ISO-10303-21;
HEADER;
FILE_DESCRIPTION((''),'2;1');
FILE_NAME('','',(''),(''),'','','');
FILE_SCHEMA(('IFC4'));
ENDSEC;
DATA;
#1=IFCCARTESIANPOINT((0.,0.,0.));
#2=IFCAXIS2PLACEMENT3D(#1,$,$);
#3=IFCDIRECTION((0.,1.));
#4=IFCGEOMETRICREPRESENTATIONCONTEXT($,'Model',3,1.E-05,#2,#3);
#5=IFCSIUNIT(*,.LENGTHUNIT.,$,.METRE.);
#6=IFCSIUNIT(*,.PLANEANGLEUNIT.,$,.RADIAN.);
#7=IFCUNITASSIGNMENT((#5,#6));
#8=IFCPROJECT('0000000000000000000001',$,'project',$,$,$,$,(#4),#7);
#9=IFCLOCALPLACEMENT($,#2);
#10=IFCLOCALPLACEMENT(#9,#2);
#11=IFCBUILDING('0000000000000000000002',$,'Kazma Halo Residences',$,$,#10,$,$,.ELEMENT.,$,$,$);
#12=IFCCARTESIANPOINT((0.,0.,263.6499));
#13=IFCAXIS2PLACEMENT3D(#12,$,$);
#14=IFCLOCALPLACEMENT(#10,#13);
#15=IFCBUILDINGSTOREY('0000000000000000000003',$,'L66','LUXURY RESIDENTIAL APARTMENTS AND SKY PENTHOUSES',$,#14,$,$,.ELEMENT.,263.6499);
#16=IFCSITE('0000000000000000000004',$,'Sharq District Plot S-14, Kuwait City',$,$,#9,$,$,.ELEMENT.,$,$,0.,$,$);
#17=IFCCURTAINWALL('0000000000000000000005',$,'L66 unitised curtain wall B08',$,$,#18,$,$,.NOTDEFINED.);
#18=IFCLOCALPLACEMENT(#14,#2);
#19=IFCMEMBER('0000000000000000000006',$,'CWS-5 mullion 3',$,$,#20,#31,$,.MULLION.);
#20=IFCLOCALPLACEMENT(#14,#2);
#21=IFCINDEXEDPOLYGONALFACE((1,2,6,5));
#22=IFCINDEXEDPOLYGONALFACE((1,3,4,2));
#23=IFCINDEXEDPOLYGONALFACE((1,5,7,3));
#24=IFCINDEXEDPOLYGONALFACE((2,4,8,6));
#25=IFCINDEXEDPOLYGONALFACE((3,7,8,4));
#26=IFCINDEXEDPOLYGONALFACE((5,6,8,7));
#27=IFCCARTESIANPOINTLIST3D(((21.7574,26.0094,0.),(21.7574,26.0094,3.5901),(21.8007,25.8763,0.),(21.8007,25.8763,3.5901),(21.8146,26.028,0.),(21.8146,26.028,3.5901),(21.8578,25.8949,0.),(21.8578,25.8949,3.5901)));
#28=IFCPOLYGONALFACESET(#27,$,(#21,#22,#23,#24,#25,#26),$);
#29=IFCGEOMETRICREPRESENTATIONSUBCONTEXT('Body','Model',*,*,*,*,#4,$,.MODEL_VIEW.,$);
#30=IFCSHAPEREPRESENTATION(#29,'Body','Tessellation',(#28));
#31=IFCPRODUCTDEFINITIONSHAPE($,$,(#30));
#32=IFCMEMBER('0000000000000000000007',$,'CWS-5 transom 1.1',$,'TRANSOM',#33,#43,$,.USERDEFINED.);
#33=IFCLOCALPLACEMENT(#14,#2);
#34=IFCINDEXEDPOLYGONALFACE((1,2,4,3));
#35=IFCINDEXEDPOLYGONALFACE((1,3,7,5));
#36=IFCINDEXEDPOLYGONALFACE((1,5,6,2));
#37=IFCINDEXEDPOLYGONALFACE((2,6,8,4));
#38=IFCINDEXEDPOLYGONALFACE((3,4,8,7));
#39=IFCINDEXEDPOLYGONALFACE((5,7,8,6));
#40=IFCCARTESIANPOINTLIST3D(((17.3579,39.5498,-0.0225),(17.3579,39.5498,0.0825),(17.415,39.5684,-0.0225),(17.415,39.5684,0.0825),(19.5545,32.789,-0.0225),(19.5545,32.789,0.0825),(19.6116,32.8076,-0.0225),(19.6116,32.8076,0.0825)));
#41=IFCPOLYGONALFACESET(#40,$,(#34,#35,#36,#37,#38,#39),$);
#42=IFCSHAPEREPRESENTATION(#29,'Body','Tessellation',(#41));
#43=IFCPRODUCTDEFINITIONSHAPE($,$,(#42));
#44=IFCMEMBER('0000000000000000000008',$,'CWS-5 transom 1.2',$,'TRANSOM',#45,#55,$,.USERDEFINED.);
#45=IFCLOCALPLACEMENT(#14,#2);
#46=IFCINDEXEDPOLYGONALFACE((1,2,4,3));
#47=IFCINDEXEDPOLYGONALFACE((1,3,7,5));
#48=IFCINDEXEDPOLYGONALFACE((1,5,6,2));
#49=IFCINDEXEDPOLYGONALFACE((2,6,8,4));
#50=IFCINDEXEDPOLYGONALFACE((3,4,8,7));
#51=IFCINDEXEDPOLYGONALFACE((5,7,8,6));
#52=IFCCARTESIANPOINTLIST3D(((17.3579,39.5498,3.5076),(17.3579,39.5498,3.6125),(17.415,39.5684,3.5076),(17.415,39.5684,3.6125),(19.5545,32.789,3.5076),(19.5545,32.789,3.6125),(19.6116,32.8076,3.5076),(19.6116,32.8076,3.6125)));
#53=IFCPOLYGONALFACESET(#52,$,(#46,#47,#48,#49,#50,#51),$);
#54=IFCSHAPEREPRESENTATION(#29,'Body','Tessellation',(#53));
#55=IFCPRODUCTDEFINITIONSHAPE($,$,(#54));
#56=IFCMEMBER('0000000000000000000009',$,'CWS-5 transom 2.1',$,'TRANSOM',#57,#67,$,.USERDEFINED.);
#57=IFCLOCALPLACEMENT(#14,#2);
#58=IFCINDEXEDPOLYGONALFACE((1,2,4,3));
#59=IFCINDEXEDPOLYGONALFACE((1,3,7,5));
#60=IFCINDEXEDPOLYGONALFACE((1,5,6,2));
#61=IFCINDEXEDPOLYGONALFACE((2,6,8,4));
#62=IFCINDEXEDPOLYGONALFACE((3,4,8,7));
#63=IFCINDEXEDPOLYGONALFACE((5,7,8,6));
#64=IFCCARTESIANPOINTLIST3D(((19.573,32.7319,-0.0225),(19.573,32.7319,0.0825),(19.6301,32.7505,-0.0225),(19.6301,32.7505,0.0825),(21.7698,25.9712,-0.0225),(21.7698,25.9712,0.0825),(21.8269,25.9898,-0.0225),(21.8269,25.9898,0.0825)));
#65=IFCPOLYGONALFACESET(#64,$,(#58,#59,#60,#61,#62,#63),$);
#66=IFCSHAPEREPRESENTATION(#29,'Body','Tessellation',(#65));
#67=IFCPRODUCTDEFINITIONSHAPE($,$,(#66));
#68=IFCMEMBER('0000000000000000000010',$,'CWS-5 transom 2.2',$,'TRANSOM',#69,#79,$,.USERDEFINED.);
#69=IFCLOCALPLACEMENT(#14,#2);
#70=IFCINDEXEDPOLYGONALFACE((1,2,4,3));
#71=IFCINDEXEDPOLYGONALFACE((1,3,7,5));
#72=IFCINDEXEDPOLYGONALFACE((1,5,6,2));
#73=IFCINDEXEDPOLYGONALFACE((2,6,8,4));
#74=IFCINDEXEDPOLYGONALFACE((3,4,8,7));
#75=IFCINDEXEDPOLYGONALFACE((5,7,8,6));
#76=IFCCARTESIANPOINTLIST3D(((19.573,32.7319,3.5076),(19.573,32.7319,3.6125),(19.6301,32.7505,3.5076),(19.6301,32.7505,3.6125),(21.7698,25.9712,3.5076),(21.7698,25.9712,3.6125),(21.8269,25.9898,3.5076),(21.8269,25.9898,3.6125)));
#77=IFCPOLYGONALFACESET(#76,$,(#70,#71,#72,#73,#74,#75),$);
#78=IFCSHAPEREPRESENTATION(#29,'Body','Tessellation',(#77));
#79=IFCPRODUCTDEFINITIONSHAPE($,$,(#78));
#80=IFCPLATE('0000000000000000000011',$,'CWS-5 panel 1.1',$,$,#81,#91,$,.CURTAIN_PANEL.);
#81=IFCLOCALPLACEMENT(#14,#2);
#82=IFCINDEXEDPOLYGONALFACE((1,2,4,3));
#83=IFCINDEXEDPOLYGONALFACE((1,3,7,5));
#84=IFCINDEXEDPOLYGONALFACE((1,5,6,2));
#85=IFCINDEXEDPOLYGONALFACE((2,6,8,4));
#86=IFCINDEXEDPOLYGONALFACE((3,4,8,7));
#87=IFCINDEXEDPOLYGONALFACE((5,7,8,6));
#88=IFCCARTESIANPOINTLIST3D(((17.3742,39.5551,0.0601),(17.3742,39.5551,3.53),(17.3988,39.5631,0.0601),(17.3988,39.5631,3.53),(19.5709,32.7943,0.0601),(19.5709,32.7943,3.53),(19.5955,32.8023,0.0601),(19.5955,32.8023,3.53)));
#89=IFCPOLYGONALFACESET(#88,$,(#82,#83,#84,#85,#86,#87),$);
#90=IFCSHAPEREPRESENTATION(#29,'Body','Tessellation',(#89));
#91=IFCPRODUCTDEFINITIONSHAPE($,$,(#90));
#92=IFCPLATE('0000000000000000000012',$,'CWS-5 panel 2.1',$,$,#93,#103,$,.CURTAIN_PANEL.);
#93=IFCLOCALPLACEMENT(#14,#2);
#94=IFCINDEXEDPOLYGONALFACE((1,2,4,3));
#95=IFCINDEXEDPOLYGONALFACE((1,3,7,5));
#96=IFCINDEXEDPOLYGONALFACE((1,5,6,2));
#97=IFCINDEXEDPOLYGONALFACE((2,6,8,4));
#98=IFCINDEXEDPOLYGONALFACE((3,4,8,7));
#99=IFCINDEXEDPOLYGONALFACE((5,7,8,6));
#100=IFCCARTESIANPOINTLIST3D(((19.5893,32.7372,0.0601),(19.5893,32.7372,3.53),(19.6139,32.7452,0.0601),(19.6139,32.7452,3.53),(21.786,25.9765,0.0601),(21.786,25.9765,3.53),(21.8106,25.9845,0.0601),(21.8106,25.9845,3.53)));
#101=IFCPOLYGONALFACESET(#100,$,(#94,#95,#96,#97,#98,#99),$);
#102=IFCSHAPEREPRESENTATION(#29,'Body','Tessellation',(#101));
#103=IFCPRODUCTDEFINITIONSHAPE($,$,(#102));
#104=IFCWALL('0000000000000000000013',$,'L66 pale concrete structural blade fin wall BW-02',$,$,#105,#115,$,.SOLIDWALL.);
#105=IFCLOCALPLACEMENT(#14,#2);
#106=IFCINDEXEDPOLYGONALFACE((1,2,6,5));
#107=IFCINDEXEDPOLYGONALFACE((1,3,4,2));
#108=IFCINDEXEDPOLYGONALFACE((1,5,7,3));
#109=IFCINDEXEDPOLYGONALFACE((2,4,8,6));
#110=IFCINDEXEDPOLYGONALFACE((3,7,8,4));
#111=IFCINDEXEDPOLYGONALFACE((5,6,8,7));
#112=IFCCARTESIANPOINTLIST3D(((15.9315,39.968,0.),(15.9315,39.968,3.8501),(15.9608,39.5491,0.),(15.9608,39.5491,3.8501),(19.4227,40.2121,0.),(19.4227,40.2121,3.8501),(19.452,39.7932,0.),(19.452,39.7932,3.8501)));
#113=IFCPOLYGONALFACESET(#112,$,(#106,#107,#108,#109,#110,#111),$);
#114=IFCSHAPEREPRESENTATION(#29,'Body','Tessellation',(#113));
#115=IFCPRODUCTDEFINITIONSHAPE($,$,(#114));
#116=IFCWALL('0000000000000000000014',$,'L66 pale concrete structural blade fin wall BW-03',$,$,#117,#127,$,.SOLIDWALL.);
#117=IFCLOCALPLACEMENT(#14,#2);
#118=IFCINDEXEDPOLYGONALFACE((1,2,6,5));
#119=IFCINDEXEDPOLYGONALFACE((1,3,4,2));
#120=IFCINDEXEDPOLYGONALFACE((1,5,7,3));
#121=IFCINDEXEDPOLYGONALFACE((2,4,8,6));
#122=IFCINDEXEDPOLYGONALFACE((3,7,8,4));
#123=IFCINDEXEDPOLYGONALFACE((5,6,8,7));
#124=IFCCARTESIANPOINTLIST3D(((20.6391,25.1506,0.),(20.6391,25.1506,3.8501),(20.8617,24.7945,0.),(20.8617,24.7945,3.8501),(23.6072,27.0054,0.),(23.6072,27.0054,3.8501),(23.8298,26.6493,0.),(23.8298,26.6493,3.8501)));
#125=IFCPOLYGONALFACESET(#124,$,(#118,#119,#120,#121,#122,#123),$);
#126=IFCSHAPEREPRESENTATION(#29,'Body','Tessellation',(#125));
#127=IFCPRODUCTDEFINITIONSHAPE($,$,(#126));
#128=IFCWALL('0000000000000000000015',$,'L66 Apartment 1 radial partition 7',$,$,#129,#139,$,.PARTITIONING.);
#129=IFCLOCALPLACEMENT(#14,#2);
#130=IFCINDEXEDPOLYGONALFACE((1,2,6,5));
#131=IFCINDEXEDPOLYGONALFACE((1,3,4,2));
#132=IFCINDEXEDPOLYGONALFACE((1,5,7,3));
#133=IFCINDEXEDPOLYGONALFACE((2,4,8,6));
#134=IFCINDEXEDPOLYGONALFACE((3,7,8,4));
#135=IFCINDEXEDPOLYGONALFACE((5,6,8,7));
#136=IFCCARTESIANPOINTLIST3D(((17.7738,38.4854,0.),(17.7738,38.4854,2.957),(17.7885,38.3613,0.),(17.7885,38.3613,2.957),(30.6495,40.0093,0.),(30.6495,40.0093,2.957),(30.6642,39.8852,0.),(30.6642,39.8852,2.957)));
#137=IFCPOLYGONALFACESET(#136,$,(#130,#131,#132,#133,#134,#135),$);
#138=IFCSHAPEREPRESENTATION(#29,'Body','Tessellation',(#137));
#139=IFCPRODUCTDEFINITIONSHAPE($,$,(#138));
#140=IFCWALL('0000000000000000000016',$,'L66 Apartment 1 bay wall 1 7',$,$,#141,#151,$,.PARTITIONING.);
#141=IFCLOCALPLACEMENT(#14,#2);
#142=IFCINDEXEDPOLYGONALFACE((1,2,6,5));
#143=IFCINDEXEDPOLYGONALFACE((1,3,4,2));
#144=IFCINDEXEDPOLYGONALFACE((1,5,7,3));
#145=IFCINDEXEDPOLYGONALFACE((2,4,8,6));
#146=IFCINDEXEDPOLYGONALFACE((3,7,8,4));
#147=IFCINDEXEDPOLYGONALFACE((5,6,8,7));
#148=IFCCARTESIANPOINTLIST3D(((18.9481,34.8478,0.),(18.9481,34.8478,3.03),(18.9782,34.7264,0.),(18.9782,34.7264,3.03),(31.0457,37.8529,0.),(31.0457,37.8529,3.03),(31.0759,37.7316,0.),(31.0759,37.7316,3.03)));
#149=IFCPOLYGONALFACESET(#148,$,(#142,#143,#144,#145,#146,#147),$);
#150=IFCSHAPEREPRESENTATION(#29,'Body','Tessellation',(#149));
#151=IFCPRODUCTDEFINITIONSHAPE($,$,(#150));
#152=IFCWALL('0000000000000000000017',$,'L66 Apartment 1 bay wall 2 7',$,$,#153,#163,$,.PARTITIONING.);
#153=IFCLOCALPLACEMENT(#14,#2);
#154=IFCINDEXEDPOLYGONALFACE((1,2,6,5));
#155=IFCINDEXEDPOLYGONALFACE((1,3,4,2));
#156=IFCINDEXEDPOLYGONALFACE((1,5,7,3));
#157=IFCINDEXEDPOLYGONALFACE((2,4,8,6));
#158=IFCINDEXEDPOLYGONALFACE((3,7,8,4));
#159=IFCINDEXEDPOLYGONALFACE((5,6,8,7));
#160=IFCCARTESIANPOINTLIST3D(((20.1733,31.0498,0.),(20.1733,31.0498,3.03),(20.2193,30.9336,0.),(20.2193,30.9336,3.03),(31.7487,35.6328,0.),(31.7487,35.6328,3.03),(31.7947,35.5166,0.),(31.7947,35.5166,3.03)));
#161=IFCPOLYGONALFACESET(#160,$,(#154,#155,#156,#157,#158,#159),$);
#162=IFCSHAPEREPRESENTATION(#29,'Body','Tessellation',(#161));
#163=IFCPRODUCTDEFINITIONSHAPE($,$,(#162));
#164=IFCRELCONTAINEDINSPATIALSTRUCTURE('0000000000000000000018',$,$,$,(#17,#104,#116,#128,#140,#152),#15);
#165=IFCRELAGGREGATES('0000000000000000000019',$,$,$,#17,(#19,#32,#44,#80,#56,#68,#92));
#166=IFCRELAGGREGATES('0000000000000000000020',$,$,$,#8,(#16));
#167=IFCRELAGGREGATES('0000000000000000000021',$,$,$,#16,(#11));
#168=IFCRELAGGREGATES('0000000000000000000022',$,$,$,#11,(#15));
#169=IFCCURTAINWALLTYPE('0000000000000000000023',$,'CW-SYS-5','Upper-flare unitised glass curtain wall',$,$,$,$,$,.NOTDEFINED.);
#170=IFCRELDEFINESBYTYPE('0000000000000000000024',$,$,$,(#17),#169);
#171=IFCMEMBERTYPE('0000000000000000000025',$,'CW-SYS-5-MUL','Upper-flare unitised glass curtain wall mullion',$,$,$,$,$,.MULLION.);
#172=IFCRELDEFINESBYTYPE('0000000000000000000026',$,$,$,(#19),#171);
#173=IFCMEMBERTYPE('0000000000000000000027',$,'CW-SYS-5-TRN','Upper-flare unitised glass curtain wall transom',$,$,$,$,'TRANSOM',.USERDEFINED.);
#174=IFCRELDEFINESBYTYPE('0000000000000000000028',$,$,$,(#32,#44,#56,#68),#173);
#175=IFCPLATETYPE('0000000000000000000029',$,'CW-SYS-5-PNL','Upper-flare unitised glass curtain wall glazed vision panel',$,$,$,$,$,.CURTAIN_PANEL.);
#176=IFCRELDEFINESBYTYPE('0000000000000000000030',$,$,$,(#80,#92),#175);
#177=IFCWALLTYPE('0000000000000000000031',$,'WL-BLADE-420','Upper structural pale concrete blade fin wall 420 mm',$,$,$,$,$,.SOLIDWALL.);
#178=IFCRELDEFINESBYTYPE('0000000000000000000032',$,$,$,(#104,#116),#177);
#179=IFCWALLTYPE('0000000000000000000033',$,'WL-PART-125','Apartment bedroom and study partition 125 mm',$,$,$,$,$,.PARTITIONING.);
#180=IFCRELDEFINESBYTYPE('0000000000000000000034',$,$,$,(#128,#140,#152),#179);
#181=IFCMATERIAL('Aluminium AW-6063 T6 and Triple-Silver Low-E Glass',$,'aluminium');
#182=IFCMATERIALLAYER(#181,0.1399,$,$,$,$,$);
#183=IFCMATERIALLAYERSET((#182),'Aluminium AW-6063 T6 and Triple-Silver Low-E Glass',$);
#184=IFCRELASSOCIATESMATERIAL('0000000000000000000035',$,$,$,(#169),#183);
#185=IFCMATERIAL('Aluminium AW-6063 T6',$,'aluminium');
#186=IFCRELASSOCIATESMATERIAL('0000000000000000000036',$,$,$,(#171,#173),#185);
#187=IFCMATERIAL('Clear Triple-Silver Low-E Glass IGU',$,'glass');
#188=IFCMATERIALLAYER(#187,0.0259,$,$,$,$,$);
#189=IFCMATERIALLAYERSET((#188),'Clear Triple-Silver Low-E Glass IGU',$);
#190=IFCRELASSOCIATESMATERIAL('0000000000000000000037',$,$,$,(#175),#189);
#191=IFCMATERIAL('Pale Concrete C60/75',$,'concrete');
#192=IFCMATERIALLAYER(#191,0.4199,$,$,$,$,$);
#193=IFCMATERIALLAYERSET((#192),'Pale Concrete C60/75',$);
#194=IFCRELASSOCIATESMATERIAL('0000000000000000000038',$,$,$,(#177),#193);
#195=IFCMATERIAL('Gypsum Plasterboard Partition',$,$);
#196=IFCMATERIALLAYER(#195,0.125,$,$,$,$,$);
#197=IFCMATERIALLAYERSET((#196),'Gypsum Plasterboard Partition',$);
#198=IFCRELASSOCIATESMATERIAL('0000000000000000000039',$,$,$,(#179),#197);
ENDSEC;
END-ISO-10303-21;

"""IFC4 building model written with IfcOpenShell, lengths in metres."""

from ifc_helpers import new_model, si_unit, direction, frame, frame_2d, origin, origin_2d, place, context, subcontext, project, spatial, rectangle, extrude, material, layer, layer_set, material_profile, profile_set, type_object, element, aggregate, save


model = new_model("IFC4")

# Units and contexts
model_context = context("Model", 3, precision=1e-05, world=origin(), true_north=direction((0.0, 1.0)))
body_context = subcontext(model_context, "Body", "Model", "MODEL_VIEW")
ifc_project = project(units=[si_unit("LENGTHUNIT", "METRE"), si_unit("PLANEANGLEUNIT", "RADIAN")], contexts=[model_context])

# Site, building, storey
site_placement = place(None, origin())
site = spatial("IfcSite", under=ifc_project, at=site_placement, Name="Sharq District Plot S-14, Kuwait City", CompositionType="ELEMENT", RefElevation=0.0)
building_placement = place(site_placement, origin())
building = spatial("IfcBuilding", under=site, at=building_placement, Name="Kazma Halo Residences", CompositionType="ELEMENT")
storey_placement = place(building_placement, frame((0.0, 0.0, 263.6499)))
storey = spatial("IfcBuildingStorey", under=building, at=storey_placement, Name="L66", Description="LUXURY RESIDENTIAL APARTMENTS AND SKY PENTHOUSES", CompositionType="ELEMENT", Elevation=263.6499)

# Shared definitions
ifc_material_1 = material(Name="Aluminium AW-6063 T6 and Triple-Silver Low-E Glass", Category="aluminium")
ifc_layer_1 = layer(ifc_material_1, 0.1399)
ifc_layer_set_1 = layer_set([ifc_layer_1], Name="Aluminium AW-6063 T6 and Triple-Silver Low-E Glass")
curtain_wall_type = type_object("IfcCurtainWallType", Name="CW-SYS-5", Description="Upper-flare unitised glass curtain wall", PredefinedType="NOTDEFINED", material=ifc_layer_set_1)
ifc_material_2 = material(Name="Aluminium AW-6063 T6", Category="aluminium")
ifc_material_profile_1 = material_profile(ifc_material_2, rectangle(XDim=0.0601, YDim=0.1399, at=origin_2d()), Name="CWM-60x140")
ifc_profile_set_1 = profile_set([ifc_material_profile_1], Name="Aluminium AW-6063 T6")
member_type_1 = type_object("IfcMemberType", Name="CW-SYS-5-MUL", Description="Upper-flare unitised glass curtain wall mullion", PredefinedType="MULLION", material=ifc_profile_set_1)

# Curtain wall, members, plates
curtain_wall_1_placement = place(storey_placement, origin())
curtain_wall_1 = element("IfcCurtainWall", 1, at=curtain_wall_1_placement, inside=storey, type_object=curtain_wall_type, Name="L66 unitised curtain wall B08", PredefinedType="NOTDEFINED")
member_1_placement = place(storey_placement, frame((21.8076, 25.9521, 0.0), z_axis=(0.0, 0.0, 1.0), x_axis=(0.951058, 0.309011, 0.0)))
member_1 = element("IfcMember", 2, at=member_1_placement, type_object=member_type_1, Name="CWS-5 mullion 3", PredefinedType="MULLION", context=body_context, shape_type="SweptSolid", body=[
    extrude(rectangle(XDim=0.0601, YDim=0.1399, at=origin_2d()), origin(), (0.0, 0.0, 1.0), 3.5901),
])
ifc_material_profile_2 = material_profile(ifc_material_2, rectangle(XDim=0.0601, YDim=0.105, at=origin_2d()), Name="CWT-60x105")
ifc_profile_set_2 = profile_set([ifc_material_profile_2], Name="Aluminium AW-6063 T6")
member_type_2 = type_object("IfcMemberType", Name="CW-SYS-5-TRN", Description="Upper-flare unitised glass curtain wall transom", ElementType="TRANSOM", PredefinedType="USERDEFINED", material=ifc_profile_set_2)
member_2_placement = place(storey_placement, frame((17.3865, 39.5591, 0.03), z_axis=(0.308996, -0.951063, 0.0), x_axis=(0.951063, 0.308996, 0.0)))
member_2 = element("IfcMember", 3, at=member_2_placement, type_object=member_type_2, Name="CWS-5 transom 1.1", ObjectType="TRANSOM", PredefinedType="USERDEFINED", context=body_context, shape_type="SweptSolid", body=[
    extrude(rectangle(XDim=0.0601, YDim=0.105, at=origin_2d()), origin(), (0.0, 0.0, 1.0), 7.1086),
])
member_3_placement = place(storey_placement, frame((17.3865, 39.5591, 3.5601), z_axis=(0.308996, -0.951063, 0.0), x_axis=(0.951063, 0.308996, 0.0)))
member_3 = element("IfcMember", 4, at=member_3_placement, type_object=member_type_2, Name="CWS-5 transom 1.2", ObjectType="TRANSOM", PredefinedType="USERDEFINED", context=body_context, shape_type="SweptSolid", body=[
    extrude(rectangle(XDim=0.0601, YDim=0.105, at=origin_2d()), origin(), (0.0, 0.0, 1.0), 7.1086),
])
member_4_placement = place(storey_placement, frame((19.6016, 32.7412, 0.03), z_axis=(0.309027, -0.951053, 0.0), x_axis=(0.951053, 0.309027, 0.0)))
member_4 = element("IfcMember", 5, at=member_4_placement, type_object=member_type_2, Name="CWS-5 transom 2.1", ObjectType="TRANSOM", PredefinedType="USERDEFINED", context=body_context, shape_type="SweptSolid", body=[
    extrude(rectangle(XDim=0.0601, YDim=0.105, at=origin_2d()), origin(), (0.0, 0.0, 1.0), 7.1086),
])
member_5_placement = place(storey_placement, frame((19.6016, 32.7412, 3.5601), z_axis=(0.309027, -0.951053, 0.0), x_axis=(0.951053, 0.309027, 0.0)))
member_5 = element("IfcMember", 6, at=member_5_placement, type_object=member_type_2, Name="CWS-5 transom 2.2", ObjectType="TRANSOM", PredefinedType="USERDEFINED", context=body_context, shape_type="SweptSolid", body=[
    extrude(rectangle(XDim=0.0601, YDim=0.105, at=origin_2d()), origin(), (0.0, 0.0, 1.0), 7.1086),
])
ifc_material_3 = material(Name="Clear Triple-Silver Low-E Glass IGU", Category="glass")
ifc_layer_2 = layer(ifc_material_3, 0.0259)
ifc_layer_set_2 = layer_set([ifc_layer_2], Name="Clear Triple-Silver Low-E Glass IGU")
plate_type = type_object("IfcPlateType", Name="CW-SYS-5-PNL", Description="Upper-flare unitised glass curtain wall glazed vision panel", PredefinedType="CURTAIN_PANEL", material=ifc_layer_set_2)
plate_1_placement = place(storey_placement, frame((18.4849, 36.1787, 0.0601), z_axis=(0.0, 0.0, 1.0), x_axis=(0.309011, -0.951058, 0.0)))
plate_1 = element("IfcPlate", 7, at=plate_1_placement, type_object=plate_type, Name="CWS-5 panel 1.1", PredefinedType="CURTAIN_PANEL", context=body_context, shape_type="SweptSolid", body=[
    extrude(rectangle(XDim=7.1086, YDim=0.0259, at=origin_2d()), origin(), (0.0, 0.0, 1.0), 3.47),
])
plate_2_placement = place(storey_placement, frame((20.7, 29.3608, 0.0601), z_axis=(0.0, 0.0, 1.0), x_axis=(0.309011, -0.951058, 0.0)))
plate_2 = element("IfcPlate", 8, at=plate_2_placement, type_object=plate_type, Name="CWS-5 panel 2.1", PredefinedType="CURTAIN_PANEL", context=body_context, shape_type="SweptSolid", body=[
    extrude(rectangle(XDim=7.1086, YDim=0.0259, at=origin_2d()), origin(), (0.0, 0.0, 1.0), 3.47),
])
aggregate(curtain_wall_1, [member_1, member_2, member_3, plate_1, member_4, member_5, plate_2])

# Walls
ifc_material_4 = material(Name="Pale Concrete C60/75", Category="concrete")
ifc_layer_3 = layer(ifc_material_4, 0.4199)
ifc_layer_set_3 = layer_set([ifc_layer_3], Name="Pale Concrete C60/75")
wall_type_1 = type_object("IfcWallType", Name="WL-BLADE-420", Description="Upper structural pale concrete blade fin wall 420 mm", PredefinedType="SOLIDWALL", material=ifc_layer_set_3)
wall_1_placement = place(storey_placement, frame((19.4375, 40.0027, 0.0), z_axis=(0.0, 0.0, 1.0), x_axis=(-0.997564, -0.06976, 0.0)))
element("IfcWall", 9, at=wall_1_placement, inside=storey, type_object=wall_type_1, Name="L66 pale concrete structural blade fin wall BW-02", PredefinedType="SOLIDWALL", context=body_context, shape_type="SweptSolid", body=[
    extrude(rectangle(XDim=3.4998, YDim=0.4199, at=frame_2d((1.75, 0.0))), origin(), (0.0, 0.0, 1.0), 3.8501),
])
wall_2_placement = place(storey_placement, frame((23.7185, 26.8274, 0.0), z_axis=(0.0, 0.0, 1.0), x_axis=(-0.848034, -0.529943, 0.0)))
element("IfcWall", 10, at=wall_2_placement, inside=storey, type_object=wall_type_1, Name="L66 pale concrete structural blade fin wall BW-03", PredefinedType="SOLIDWALL", context=body_context, shape_type="SweptSolid", body=[
    extrude(rectangle(XDim=3.5, YDim=0.4199, at=frame_2d((1.75, 0.0))), origin(), (0.0, 0.0, 1.0), 3.8501),
])
ifc_material_5 = material(Name="Gypsum Plasterboard Partition")
ifc_layer_4 = layer(ifc_material_5, 0.125)
ifc_layer_set_4 = layer_set([ifc_layer_4], Name="Gypsum Plasterboard Partition")
wall_type_2 = type_object("IfcWallType", Name="WL-PART-125", Description="Apartment bedroom and study partition 125 mm", PredefinedType="PARTITIONING", material=ifc_layer_set_4)
wall_3_placement = place(storey_placement, frame((30.657, 39.9473, 0.0), z_axis=(0.0, 0.0, 1.0), x_axis=(-0.993069, -0.117536, 0.0)))
element("IfcWall", 11, at=wall_3_placement, inside=storey, type_object=wall_type_2, Name="L66 Apartment 1 radial partition 7", PredefinedType="PARTITIONING", context=body_context, shape_type="SweptSolid", body=[
    extrude(rectangle(XDim=12.9656, YDim=0.125, at=frame_2d((6.4829, 0.0))), origin(), (0.0, 0.0, 1.0), 2.957),
])
wall_4_placement = place(storey_placement, frame((31.0608, 37.7922, 0.0), z_axis=(0.0, 0.0, 1.0), x_axis=(-0.970505, -0.241079, 0.0)))
element("IfcWall", 12, at=wall_4_placement, inside=storey, type_object=wall_type_2, Name="L66 Apartment 1 bay wall 1 7", PredefinedType="PARTITIONING", context=body_context, shape_type="SweptSolid", body=[
    extrude(rectangle(XDim=12.4653, YDim=0.125, at=frame_2d((6.2327, 0.0))), origin(), (0.0, 0.0, 1.0), 3.03),
])
wall_5_placement = place(storey_placement, frame((31.7717, 35.5747, 0.0), z_axis=(0.0, 0.0, 1.0), x_axis=(-0.929777, -0.368122, 0.0)))
element("IfcWall", 13, at=wall_5_placement, inside=storey, type_object=wall_type_2, Name="L66 Apartment 1 bay wall 2 7", PredefinedType="PARTITIONING", context=body_context, shape_type="SweptSolid", body=[
    extrude(rectangle(XDim=12.4497, YDim=0.125, at=frame_2d((6.2249, 0.0))), origin(), (0.0, 0.0, 1.0), 3.03),
])

save(model, "model.ifc")
